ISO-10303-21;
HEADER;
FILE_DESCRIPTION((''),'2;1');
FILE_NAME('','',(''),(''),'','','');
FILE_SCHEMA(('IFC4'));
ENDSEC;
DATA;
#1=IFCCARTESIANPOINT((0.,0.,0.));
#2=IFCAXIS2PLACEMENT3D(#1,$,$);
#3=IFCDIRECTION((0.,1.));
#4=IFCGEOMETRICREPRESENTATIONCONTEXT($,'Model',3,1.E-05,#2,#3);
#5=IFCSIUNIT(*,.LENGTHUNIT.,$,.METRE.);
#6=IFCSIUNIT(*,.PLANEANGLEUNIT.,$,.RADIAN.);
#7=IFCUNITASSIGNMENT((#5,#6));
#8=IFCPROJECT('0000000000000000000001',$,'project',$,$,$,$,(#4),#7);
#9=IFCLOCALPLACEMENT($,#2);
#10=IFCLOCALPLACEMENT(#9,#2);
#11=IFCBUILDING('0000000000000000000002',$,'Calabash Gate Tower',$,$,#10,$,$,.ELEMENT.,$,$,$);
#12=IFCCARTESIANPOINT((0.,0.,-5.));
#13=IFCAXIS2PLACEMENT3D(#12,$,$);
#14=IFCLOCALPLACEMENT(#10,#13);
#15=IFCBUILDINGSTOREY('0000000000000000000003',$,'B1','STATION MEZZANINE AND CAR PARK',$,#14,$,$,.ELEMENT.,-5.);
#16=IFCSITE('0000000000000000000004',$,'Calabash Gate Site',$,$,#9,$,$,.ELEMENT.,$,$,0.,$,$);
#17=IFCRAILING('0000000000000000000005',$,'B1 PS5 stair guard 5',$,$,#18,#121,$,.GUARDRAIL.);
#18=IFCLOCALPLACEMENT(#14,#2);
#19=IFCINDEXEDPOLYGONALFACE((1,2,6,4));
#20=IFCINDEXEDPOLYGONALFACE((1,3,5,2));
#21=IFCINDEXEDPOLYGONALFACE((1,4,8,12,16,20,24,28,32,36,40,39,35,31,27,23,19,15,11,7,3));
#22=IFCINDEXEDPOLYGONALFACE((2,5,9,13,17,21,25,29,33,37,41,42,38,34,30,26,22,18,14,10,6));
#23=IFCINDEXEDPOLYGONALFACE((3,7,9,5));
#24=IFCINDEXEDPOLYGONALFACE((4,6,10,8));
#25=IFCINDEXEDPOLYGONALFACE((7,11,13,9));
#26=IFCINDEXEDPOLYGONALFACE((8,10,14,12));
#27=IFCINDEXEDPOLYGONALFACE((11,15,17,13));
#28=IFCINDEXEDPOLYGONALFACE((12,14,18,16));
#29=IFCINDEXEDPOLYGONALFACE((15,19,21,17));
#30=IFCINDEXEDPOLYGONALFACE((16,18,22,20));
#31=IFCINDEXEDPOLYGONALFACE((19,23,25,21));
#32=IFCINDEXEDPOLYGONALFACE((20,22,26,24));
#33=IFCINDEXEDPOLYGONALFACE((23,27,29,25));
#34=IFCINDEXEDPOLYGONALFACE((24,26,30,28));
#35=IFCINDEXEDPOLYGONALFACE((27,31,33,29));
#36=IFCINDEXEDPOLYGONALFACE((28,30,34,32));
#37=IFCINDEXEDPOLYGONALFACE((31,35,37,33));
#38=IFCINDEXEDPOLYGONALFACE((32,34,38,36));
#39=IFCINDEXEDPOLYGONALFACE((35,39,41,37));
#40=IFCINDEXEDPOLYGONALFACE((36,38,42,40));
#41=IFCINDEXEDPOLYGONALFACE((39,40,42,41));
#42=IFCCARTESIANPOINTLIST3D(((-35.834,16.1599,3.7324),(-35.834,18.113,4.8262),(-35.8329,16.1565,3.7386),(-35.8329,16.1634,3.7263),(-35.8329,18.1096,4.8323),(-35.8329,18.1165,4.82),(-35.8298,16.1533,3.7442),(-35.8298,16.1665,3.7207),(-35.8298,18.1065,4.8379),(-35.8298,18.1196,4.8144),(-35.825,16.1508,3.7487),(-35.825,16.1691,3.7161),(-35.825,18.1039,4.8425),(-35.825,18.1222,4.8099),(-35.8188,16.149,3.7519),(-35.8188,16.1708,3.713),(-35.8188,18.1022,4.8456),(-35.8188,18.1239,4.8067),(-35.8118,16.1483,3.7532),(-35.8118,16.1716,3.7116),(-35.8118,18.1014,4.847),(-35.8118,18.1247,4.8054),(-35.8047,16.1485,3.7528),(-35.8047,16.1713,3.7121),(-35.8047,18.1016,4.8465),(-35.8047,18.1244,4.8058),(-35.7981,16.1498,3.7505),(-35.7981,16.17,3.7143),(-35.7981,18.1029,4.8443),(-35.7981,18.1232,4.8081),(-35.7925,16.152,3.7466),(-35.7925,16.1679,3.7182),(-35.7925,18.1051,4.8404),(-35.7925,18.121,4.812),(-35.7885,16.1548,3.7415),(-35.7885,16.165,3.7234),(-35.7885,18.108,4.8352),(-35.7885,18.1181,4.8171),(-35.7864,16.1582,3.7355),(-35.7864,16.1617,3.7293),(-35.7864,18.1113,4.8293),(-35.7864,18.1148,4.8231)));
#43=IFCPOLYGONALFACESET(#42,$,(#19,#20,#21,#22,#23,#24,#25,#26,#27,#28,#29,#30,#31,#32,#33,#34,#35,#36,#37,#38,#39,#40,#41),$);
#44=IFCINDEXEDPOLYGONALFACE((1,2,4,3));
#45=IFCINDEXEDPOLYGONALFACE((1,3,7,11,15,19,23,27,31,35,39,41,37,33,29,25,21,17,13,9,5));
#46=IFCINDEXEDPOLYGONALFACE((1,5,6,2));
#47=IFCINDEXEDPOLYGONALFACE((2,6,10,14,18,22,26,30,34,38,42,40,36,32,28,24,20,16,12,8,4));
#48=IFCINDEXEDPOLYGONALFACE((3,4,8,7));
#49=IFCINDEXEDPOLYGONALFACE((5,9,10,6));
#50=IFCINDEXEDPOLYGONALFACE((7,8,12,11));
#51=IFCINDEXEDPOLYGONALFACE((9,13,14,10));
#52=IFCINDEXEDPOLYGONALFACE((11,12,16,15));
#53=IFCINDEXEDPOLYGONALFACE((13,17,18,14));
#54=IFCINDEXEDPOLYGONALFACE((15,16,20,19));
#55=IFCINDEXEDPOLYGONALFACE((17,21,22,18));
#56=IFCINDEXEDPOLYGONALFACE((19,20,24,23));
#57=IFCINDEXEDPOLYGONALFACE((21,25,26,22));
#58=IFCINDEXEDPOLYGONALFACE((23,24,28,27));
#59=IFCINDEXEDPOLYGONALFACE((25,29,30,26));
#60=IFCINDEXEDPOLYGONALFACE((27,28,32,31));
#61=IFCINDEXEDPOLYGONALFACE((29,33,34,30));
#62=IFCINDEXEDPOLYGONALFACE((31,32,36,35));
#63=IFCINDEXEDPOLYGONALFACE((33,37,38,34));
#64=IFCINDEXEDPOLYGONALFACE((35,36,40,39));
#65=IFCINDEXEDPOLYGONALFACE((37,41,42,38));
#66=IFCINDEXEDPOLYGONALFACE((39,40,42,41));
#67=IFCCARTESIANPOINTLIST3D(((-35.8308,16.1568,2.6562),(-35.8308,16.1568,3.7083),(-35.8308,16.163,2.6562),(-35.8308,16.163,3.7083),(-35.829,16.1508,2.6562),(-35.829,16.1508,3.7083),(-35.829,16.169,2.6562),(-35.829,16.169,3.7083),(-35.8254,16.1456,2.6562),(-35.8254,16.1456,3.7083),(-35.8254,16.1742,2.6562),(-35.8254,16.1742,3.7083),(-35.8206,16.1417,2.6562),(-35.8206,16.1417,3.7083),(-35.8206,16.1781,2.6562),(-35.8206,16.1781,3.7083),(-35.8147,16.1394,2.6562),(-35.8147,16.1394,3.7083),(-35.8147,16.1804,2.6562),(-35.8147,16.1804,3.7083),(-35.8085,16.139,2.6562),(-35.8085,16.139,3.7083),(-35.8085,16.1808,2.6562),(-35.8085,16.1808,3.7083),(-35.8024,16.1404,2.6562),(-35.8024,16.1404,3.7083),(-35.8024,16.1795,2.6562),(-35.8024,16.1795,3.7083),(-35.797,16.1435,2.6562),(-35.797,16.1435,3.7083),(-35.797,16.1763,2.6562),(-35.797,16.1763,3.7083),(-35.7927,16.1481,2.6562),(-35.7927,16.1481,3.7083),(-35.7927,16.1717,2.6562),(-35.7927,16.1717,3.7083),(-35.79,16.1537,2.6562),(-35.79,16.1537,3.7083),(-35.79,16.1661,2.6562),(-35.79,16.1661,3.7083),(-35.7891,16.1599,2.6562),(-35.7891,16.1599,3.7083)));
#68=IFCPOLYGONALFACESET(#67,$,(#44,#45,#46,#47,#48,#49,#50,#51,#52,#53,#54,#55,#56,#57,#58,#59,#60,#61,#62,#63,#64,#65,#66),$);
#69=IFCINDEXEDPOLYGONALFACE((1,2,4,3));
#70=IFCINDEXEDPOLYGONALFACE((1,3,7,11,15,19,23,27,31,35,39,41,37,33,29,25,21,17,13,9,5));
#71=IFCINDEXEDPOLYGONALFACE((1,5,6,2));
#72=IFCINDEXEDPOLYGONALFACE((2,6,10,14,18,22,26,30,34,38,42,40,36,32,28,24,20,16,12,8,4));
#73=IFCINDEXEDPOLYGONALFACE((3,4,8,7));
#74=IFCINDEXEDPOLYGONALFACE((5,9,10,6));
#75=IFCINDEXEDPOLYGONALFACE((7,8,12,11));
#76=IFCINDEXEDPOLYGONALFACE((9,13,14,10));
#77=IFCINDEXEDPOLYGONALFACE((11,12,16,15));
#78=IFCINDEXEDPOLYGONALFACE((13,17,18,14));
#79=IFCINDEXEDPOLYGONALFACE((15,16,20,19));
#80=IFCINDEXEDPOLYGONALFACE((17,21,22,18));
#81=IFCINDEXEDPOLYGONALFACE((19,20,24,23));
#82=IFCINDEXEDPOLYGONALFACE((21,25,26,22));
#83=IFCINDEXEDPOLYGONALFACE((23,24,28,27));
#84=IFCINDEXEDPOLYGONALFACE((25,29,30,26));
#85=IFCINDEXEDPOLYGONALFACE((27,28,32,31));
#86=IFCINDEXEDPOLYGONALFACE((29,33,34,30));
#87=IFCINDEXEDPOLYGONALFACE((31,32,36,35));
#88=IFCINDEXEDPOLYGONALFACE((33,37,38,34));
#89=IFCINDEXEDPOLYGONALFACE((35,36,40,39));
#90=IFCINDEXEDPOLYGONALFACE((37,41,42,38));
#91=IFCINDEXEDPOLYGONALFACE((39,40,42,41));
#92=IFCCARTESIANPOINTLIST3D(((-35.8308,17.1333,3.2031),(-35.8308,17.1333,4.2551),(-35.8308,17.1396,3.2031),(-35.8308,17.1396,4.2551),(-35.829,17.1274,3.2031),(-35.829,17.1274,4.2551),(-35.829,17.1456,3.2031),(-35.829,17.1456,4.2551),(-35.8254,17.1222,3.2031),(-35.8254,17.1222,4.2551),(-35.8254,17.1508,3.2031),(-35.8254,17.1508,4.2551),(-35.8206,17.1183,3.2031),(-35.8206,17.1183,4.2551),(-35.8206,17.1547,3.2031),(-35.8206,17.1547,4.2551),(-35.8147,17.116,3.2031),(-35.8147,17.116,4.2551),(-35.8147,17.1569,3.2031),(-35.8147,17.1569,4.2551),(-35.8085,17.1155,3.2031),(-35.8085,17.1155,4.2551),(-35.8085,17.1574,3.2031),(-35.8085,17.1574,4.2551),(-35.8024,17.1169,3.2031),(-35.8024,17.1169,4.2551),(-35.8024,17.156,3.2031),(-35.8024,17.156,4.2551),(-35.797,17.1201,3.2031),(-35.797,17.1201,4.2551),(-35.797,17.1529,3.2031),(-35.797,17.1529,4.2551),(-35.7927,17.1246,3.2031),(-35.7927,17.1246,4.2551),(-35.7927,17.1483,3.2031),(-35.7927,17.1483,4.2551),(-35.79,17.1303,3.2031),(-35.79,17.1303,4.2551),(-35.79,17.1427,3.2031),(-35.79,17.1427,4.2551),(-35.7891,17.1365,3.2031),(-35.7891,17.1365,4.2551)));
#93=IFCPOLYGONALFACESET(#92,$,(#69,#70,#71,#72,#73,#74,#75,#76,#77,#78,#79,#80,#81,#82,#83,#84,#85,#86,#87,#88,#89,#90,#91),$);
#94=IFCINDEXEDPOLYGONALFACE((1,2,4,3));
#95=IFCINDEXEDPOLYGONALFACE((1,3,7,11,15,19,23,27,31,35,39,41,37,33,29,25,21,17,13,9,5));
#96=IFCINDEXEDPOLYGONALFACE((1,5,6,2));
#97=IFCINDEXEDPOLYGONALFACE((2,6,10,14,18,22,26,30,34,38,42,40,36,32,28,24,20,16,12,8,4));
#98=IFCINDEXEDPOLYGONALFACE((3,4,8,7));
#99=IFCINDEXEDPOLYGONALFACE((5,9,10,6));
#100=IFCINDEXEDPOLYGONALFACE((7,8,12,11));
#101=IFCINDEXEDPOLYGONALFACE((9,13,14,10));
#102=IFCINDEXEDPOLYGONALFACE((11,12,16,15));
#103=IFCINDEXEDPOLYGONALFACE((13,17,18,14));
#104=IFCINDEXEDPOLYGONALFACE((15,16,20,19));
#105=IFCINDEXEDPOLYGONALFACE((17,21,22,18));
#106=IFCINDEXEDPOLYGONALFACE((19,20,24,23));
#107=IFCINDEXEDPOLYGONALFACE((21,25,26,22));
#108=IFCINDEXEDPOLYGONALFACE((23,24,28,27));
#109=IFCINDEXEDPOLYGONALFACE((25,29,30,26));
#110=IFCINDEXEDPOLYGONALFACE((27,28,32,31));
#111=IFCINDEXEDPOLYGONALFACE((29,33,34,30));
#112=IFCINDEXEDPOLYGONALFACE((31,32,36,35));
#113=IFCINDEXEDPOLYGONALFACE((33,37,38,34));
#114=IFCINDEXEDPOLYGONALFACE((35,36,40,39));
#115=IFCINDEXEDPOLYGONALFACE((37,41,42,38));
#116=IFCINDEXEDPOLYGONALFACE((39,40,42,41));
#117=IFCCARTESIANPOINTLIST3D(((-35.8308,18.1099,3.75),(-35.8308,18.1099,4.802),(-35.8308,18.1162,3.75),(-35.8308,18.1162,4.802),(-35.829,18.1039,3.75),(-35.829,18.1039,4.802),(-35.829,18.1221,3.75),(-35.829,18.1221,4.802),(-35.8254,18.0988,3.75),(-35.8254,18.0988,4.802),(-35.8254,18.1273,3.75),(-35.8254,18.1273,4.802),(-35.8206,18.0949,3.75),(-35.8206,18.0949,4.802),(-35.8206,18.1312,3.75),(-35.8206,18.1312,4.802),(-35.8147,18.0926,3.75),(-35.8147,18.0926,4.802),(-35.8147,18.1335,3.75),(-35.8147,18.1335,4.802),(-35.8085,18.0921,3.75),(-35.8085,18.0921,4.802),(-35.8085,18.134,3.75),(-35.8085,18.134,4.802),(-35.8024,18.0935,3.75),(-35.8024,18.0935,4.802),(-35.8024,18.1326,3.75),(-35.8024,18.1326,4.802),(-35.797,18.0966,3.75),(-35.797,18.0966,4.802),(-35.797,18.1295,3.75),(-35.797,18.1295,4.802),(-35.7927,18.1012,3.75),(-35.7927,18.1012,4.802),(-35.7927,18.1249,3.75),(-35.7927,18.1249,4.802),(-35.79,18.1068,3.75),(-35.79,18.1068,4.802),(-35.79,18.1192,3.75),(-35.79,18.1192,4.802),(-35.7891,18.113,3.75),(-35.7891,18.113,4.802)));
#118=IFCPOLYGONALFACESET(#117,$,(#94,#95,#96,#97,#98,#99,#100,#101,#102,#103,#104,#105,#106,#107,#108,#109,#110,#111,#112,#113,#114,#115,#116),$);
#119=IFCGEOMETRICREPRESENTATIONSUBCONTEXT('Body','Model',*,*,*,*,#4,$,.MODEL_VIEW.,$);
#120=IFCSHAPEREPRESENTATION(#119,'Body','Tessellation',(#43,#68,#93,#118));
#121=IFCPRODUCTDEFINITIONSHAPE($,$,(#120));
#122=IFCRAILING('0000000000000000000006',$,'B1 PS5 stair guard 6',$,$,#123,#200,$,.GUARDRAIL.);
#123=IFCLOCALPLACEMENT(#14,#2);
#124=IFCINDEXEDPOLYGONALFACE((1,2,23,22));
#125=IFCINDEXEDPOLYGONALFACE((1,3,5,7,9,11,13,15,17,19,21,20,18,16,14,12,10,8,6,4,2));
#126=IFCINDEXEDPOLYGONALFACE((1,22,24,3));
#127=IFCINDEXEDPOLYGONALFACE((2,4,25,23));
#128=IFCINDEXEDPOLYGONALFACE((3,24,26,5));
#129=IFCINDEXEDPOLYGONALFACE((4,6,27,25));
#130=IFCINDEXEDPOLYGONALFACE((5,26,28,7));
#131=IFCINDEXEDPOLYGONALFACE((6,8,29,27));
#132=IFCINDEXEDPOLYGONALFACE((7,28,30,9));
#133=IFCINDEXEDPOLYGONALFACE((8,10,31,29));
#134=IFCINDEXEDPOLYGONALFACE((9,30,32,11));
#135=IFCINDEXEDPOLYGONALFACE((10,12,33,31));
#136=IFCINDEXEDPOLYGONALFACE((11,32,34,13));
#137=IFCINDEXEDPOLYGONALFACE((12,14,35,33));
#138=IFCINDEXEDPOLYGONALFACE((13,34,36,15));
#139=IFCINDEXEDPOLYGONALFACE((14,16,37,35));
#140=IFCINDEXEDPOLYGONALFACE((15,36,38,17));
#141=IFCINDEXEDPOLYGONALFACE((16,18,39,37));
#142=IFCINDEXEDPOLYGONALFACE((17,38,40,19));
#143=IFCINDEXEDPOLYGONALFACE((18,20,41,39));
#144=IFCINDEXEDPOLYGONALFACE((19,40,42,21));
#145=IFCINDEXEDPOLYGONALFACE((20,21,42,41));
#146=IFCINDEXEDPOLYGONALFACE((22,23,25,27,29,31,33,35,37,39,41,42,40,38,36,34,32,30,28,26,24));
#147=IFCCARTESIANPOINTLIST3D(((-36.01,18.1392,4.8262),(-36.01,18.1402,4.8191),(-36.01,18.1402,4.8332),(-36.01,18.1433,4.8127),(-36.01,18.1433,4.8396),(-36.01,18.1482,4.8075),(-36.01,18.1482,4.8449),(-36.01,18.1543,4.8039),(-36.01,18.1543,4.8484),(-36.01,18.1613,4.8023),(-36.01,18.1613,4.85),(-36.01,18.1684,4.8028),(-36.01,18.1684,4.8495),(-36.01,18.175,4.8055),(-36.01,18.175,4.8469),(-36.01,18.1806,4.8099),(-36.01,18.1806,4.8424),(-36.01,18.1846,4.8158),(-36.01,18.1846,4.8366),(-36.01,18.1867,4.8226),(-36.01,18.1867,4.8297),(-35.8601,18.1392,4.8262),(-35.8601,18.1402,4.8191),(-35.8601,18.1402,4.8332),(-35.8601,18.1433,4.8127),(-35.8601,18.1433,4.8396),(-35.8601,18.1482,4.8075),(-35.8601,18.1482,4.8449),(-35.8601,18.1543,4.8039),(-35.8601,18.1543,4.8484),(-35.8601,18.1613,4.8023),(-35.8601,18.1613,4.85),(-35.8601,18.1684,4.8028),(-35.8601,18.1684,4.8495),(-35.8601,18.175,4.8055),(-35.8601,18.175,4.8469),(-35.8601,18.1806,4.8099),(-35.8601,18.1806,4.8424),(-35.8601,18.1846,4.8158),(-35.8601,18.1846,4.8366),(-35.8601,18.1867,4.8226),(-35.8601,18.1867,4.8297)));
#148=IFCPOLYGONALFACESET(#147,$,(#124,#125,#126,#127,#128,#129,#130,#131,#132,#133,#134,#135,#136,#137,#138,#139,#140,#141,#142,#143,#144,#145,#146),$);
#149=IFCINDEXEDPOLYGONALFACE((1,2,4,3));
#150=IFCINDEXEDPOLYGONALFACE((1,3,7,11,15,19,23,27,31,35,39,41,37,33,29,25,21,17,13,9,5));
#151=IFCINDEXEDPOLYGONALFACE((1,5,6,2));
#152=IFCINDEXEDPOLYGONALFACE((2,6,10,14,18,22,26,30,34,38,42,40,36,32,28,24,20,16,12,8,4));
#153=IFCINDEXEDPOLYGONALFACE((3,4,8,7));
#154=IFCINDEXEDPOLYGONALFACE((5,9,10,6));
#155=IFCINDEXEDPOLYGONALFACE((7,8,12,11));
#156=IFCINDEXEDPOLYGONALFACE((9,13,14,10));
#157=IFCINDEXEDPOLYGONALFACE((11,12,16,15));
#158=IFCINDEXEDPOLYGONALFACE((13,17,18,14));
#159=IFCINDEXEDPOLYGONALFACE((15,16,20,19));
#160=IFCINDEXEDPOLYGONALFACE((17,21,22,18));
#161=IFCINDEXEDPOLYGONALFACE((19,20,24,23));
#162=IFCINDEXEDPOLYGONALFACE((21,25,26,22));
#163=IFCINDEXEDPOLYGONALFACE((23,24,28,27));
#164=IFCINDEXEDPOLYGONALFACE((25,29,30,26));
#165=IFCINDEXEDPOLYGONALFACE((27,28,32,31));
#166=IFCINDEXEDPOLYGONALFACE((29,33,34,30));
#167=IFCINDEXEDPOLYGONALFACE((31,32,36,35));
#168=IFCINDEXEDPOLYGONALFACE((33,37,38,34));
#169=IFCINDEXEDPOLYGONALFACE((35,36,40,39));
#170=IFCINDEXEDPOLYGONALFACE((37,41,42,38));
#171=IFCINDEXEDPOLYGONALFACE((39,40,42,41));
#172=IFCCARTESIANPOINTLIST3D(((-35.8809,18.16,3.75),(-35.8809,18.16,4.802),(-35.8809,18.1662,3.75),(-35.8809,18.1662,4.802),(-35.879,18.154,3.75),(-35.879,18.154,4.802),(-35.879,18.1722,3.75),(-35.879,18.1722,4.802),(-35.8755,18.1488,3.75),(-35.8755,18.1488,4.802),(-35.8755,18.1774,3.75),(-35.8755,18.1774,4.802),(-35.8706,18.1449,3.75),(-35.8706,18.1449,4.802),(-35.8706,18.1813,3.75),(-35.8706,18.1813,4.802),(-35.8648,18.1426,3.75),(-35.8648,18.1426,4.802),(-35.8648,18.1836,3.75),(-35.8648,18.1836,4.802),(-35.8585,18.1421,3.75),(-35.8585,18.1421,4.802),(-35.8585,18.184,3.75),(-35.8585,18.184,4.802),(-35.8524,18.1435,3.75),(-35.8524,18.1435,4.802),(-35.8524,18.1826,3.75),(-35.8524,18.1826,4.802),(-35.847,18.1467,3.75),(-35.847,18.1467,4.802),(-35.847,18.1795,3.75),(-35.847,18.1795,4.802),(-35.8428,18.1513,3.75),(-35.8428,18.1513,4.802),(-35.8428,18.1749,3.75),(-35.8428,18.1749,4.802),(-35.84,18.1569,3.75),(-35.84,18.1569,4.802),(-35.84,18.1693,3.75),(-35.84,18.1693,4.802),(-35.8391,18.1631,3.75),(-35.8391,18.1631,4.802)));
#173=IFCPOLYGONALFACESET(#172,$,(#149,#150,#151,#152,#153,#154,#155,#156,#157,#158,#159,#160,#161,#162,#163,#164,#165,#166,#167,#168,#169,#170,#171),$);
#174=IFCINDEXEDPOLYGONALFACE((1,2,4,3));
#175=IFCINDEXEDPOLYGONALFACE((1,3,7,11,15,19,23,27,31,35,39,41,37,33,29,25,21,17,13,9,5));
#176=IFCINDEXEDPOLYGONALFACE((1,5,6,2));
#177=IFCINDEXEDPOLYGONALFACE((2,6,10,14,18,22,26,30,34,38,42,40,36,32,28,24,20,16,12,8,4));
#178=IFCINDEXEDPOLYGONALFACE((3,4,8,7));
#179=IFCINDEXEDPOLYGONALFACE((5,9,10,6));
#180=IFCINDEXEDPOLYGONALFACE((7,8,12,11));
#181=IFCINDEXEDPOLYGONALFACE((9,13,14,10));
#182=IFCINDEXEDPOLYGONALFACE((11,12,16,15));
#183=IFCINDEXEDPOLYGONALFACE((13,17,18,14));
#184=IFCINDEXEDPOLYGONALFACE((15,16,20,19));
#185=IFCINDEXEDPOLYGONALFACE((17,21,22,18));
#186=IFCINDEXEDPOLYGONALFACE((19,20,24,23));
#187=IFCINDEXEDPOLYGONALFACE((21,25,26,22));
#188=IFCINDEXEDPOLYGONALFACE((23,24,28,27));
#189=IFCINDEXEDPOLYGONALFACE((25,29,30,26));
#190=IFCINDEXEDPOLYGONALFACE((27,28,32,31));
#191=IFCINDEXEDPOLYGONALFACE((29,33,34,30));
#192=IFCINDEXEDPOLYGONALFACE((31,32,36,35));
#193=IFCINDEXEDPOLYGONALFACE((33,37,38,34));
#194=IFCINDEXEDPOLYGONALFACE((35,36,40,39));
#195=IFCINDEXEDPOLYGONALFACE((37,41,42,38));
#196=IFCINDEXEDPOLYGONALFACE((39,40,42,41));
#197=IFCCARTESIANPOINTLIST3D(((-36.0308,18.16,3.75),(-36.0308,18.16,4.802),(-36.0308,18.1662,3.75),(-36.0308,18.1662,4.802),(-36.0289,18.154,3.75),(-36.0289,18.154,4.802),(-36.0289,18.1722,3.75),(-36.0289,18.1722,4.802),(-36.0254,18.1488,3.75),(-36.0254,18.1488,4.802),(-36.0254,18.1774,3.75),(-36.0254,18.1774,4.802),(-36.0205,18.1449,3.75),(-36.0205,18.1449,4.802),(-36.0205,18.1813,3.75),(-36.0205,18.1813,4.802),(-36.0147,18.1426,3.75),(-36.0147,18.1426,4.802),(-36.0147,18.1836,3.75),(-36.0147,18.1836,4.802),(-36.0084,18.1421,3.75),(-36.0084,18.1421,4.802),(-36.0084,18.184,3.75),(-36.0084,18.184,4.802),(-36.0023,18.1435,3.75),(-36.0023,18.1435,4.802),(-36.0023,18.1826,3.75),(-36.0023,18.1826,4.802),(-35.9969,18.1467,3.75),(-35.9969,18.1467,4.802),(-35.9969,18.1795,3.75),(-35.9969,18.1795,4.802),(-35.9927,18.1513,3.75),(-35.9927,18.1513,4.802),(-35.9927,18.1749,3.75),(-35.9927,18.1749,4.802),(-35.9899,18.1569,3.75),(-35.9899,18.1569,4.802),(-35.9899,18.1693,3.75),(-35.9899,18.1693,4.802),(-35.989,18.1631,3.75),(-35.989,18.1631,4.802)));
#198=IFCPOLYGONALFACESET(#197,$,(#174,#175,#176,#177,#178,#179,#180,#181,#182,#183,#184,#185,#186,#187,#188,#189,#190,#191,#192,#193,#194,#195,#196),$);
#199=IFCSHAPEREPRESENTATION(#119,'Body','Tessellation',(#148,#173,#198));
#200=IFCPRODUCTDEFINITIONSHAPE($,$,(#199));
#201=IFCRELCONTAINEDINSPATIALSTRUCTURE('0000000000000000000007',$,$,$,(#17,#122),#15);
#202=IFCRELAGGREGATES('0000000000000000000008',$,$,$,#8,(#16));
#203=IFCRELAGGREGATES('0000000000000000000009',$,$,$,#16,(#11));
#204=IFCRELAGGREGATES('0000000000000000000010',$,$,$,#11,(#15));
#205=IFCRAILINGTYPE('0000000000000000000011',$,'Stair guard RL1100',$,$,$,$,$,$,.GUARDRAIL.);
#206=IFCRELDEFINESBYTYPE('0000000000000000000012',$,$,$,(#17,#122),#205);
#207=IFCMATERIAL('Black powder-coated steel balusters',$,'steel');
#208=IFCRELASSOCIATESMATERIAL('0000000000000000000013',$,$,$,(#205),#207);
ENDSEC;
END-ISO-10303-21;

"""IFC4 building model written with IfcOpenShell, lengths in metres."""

from ifc_helpers import new_model, si_unit, direction, frame, origin, origin_2d, place, context, subcontext, project, spatial, circle, extrude, material, type_object, element, save


model = new_model("IFC4")

# Units and contexts
model_context = context("Model", 3, precision=1e-05, world=origin(), true_north=direction((0.0, 1.0)))
body_context = subcontext(model_context, "Body", "Model", "MODEL_VIEW")
ifc_project = project(units=[si_unit("LENGTHUNIT", "METRE"), si_unit("PLANEANGLEUNIT", "RADIAN")], contexts=[model_context])

# Site, building, storey
site_placement = place(None, origin())
site = spatial("IfcSite", under=ifc_project, at=site_placement, Name="Calabash Gate Site", CompositionType="ELEMENT", RefElevation=0.0)
building_placement = place(site_placement, origin())
building = spatial("IfcBuilding", under=site, at=building_placement, Name="Calabash Gate Tower", CompositionType="ELEMENT")
storey_placement = place(building_placement, frame((0.0, 0.0, -5.0)))
storey = spatial("IfcBuildingStorey", under=building, at=storey_placement, Name="B1", Description="STATION MEZZANINE AND CAR PARK", CompositionType="ELEMENT", Elevation=-5.0)

# Railings
ifc_material_1 = material(Name="Black powder-coated steel balusters", Category="steel")
railing_type_1 = type_object("IfcRailingType", Name="Stair guard RL1100", PredefinedType="GUARDRAIL", material=ifc_material_1)
railing_1_placement = place(storey_placement, frame((-35.8101, 16.1599, 2.6562)))
element("IfcRailing", 1, at=railing_1_placement, inside=storey, type_object=railing_type_1, Name="B1 PS5 stair guard 5", PredefinedType="GUARDRAIL", context=body_context, shape_type="SweptSolid", body=[
    extrude(circle(Radius=0.0239, at=origin_2d()), frame((0.0, 0.0, 1.0762), z_axis=(0.0, 0.872506, 0.488603), x_axis=(-1.0, 0.0, 0.0)), (0.0, 0.0, 1.0), 2.2385),
    extrude(circle(Radius=0.021, at=origin_2d()), origin(), (0.0, 0.0, 1.0), 1.052),
    extrude(circle(Radius=0.021, at=origin_2d()), frame((0.0, 0.9766, 0.5469)), (0.0, 0.0, 1.0), 1.052),
    extrude(circle(Radius=0.021, at=origin_2d()), frame((0.0, 1.9531, 1.0938)), (0.0, 0.0, 1.0), 1.052),
])
for number, where, name in (
    (2, (-35.8601, 18.1631, 3.75), "B1 PS5 stair guard 6"),
):
    element("IfcRailing", number, at=place(storey_placement, frame(where)), inside=storey, type_object=railing_type_1, Name=name, PredefinedType="GUARDRAIL", context=body_context, shape_type="SweptSolid", body=[
        extrude(circle(Radius=0.0239, at=origin_2d()), frame((0.0, 0.0, 1.0762), z_axis=(-1.0, 0.0, 0.0), x_axis=(0.0, -1.0, 0.0)), (0.0, 0.0, 1.0), 0.1499),
        extrude(circle(Radius=0.021, at=origin_2d()), origin(), (0.0, 0.0, 1.0), 1.052),
        extrude(circle(Radius=0.021, at=origin_2d()), frame((-0.1499, 0.0, 0.0)), (0.0, 0.0, 1.0), 1.052),
    ])

save(model, "model.ifc")
